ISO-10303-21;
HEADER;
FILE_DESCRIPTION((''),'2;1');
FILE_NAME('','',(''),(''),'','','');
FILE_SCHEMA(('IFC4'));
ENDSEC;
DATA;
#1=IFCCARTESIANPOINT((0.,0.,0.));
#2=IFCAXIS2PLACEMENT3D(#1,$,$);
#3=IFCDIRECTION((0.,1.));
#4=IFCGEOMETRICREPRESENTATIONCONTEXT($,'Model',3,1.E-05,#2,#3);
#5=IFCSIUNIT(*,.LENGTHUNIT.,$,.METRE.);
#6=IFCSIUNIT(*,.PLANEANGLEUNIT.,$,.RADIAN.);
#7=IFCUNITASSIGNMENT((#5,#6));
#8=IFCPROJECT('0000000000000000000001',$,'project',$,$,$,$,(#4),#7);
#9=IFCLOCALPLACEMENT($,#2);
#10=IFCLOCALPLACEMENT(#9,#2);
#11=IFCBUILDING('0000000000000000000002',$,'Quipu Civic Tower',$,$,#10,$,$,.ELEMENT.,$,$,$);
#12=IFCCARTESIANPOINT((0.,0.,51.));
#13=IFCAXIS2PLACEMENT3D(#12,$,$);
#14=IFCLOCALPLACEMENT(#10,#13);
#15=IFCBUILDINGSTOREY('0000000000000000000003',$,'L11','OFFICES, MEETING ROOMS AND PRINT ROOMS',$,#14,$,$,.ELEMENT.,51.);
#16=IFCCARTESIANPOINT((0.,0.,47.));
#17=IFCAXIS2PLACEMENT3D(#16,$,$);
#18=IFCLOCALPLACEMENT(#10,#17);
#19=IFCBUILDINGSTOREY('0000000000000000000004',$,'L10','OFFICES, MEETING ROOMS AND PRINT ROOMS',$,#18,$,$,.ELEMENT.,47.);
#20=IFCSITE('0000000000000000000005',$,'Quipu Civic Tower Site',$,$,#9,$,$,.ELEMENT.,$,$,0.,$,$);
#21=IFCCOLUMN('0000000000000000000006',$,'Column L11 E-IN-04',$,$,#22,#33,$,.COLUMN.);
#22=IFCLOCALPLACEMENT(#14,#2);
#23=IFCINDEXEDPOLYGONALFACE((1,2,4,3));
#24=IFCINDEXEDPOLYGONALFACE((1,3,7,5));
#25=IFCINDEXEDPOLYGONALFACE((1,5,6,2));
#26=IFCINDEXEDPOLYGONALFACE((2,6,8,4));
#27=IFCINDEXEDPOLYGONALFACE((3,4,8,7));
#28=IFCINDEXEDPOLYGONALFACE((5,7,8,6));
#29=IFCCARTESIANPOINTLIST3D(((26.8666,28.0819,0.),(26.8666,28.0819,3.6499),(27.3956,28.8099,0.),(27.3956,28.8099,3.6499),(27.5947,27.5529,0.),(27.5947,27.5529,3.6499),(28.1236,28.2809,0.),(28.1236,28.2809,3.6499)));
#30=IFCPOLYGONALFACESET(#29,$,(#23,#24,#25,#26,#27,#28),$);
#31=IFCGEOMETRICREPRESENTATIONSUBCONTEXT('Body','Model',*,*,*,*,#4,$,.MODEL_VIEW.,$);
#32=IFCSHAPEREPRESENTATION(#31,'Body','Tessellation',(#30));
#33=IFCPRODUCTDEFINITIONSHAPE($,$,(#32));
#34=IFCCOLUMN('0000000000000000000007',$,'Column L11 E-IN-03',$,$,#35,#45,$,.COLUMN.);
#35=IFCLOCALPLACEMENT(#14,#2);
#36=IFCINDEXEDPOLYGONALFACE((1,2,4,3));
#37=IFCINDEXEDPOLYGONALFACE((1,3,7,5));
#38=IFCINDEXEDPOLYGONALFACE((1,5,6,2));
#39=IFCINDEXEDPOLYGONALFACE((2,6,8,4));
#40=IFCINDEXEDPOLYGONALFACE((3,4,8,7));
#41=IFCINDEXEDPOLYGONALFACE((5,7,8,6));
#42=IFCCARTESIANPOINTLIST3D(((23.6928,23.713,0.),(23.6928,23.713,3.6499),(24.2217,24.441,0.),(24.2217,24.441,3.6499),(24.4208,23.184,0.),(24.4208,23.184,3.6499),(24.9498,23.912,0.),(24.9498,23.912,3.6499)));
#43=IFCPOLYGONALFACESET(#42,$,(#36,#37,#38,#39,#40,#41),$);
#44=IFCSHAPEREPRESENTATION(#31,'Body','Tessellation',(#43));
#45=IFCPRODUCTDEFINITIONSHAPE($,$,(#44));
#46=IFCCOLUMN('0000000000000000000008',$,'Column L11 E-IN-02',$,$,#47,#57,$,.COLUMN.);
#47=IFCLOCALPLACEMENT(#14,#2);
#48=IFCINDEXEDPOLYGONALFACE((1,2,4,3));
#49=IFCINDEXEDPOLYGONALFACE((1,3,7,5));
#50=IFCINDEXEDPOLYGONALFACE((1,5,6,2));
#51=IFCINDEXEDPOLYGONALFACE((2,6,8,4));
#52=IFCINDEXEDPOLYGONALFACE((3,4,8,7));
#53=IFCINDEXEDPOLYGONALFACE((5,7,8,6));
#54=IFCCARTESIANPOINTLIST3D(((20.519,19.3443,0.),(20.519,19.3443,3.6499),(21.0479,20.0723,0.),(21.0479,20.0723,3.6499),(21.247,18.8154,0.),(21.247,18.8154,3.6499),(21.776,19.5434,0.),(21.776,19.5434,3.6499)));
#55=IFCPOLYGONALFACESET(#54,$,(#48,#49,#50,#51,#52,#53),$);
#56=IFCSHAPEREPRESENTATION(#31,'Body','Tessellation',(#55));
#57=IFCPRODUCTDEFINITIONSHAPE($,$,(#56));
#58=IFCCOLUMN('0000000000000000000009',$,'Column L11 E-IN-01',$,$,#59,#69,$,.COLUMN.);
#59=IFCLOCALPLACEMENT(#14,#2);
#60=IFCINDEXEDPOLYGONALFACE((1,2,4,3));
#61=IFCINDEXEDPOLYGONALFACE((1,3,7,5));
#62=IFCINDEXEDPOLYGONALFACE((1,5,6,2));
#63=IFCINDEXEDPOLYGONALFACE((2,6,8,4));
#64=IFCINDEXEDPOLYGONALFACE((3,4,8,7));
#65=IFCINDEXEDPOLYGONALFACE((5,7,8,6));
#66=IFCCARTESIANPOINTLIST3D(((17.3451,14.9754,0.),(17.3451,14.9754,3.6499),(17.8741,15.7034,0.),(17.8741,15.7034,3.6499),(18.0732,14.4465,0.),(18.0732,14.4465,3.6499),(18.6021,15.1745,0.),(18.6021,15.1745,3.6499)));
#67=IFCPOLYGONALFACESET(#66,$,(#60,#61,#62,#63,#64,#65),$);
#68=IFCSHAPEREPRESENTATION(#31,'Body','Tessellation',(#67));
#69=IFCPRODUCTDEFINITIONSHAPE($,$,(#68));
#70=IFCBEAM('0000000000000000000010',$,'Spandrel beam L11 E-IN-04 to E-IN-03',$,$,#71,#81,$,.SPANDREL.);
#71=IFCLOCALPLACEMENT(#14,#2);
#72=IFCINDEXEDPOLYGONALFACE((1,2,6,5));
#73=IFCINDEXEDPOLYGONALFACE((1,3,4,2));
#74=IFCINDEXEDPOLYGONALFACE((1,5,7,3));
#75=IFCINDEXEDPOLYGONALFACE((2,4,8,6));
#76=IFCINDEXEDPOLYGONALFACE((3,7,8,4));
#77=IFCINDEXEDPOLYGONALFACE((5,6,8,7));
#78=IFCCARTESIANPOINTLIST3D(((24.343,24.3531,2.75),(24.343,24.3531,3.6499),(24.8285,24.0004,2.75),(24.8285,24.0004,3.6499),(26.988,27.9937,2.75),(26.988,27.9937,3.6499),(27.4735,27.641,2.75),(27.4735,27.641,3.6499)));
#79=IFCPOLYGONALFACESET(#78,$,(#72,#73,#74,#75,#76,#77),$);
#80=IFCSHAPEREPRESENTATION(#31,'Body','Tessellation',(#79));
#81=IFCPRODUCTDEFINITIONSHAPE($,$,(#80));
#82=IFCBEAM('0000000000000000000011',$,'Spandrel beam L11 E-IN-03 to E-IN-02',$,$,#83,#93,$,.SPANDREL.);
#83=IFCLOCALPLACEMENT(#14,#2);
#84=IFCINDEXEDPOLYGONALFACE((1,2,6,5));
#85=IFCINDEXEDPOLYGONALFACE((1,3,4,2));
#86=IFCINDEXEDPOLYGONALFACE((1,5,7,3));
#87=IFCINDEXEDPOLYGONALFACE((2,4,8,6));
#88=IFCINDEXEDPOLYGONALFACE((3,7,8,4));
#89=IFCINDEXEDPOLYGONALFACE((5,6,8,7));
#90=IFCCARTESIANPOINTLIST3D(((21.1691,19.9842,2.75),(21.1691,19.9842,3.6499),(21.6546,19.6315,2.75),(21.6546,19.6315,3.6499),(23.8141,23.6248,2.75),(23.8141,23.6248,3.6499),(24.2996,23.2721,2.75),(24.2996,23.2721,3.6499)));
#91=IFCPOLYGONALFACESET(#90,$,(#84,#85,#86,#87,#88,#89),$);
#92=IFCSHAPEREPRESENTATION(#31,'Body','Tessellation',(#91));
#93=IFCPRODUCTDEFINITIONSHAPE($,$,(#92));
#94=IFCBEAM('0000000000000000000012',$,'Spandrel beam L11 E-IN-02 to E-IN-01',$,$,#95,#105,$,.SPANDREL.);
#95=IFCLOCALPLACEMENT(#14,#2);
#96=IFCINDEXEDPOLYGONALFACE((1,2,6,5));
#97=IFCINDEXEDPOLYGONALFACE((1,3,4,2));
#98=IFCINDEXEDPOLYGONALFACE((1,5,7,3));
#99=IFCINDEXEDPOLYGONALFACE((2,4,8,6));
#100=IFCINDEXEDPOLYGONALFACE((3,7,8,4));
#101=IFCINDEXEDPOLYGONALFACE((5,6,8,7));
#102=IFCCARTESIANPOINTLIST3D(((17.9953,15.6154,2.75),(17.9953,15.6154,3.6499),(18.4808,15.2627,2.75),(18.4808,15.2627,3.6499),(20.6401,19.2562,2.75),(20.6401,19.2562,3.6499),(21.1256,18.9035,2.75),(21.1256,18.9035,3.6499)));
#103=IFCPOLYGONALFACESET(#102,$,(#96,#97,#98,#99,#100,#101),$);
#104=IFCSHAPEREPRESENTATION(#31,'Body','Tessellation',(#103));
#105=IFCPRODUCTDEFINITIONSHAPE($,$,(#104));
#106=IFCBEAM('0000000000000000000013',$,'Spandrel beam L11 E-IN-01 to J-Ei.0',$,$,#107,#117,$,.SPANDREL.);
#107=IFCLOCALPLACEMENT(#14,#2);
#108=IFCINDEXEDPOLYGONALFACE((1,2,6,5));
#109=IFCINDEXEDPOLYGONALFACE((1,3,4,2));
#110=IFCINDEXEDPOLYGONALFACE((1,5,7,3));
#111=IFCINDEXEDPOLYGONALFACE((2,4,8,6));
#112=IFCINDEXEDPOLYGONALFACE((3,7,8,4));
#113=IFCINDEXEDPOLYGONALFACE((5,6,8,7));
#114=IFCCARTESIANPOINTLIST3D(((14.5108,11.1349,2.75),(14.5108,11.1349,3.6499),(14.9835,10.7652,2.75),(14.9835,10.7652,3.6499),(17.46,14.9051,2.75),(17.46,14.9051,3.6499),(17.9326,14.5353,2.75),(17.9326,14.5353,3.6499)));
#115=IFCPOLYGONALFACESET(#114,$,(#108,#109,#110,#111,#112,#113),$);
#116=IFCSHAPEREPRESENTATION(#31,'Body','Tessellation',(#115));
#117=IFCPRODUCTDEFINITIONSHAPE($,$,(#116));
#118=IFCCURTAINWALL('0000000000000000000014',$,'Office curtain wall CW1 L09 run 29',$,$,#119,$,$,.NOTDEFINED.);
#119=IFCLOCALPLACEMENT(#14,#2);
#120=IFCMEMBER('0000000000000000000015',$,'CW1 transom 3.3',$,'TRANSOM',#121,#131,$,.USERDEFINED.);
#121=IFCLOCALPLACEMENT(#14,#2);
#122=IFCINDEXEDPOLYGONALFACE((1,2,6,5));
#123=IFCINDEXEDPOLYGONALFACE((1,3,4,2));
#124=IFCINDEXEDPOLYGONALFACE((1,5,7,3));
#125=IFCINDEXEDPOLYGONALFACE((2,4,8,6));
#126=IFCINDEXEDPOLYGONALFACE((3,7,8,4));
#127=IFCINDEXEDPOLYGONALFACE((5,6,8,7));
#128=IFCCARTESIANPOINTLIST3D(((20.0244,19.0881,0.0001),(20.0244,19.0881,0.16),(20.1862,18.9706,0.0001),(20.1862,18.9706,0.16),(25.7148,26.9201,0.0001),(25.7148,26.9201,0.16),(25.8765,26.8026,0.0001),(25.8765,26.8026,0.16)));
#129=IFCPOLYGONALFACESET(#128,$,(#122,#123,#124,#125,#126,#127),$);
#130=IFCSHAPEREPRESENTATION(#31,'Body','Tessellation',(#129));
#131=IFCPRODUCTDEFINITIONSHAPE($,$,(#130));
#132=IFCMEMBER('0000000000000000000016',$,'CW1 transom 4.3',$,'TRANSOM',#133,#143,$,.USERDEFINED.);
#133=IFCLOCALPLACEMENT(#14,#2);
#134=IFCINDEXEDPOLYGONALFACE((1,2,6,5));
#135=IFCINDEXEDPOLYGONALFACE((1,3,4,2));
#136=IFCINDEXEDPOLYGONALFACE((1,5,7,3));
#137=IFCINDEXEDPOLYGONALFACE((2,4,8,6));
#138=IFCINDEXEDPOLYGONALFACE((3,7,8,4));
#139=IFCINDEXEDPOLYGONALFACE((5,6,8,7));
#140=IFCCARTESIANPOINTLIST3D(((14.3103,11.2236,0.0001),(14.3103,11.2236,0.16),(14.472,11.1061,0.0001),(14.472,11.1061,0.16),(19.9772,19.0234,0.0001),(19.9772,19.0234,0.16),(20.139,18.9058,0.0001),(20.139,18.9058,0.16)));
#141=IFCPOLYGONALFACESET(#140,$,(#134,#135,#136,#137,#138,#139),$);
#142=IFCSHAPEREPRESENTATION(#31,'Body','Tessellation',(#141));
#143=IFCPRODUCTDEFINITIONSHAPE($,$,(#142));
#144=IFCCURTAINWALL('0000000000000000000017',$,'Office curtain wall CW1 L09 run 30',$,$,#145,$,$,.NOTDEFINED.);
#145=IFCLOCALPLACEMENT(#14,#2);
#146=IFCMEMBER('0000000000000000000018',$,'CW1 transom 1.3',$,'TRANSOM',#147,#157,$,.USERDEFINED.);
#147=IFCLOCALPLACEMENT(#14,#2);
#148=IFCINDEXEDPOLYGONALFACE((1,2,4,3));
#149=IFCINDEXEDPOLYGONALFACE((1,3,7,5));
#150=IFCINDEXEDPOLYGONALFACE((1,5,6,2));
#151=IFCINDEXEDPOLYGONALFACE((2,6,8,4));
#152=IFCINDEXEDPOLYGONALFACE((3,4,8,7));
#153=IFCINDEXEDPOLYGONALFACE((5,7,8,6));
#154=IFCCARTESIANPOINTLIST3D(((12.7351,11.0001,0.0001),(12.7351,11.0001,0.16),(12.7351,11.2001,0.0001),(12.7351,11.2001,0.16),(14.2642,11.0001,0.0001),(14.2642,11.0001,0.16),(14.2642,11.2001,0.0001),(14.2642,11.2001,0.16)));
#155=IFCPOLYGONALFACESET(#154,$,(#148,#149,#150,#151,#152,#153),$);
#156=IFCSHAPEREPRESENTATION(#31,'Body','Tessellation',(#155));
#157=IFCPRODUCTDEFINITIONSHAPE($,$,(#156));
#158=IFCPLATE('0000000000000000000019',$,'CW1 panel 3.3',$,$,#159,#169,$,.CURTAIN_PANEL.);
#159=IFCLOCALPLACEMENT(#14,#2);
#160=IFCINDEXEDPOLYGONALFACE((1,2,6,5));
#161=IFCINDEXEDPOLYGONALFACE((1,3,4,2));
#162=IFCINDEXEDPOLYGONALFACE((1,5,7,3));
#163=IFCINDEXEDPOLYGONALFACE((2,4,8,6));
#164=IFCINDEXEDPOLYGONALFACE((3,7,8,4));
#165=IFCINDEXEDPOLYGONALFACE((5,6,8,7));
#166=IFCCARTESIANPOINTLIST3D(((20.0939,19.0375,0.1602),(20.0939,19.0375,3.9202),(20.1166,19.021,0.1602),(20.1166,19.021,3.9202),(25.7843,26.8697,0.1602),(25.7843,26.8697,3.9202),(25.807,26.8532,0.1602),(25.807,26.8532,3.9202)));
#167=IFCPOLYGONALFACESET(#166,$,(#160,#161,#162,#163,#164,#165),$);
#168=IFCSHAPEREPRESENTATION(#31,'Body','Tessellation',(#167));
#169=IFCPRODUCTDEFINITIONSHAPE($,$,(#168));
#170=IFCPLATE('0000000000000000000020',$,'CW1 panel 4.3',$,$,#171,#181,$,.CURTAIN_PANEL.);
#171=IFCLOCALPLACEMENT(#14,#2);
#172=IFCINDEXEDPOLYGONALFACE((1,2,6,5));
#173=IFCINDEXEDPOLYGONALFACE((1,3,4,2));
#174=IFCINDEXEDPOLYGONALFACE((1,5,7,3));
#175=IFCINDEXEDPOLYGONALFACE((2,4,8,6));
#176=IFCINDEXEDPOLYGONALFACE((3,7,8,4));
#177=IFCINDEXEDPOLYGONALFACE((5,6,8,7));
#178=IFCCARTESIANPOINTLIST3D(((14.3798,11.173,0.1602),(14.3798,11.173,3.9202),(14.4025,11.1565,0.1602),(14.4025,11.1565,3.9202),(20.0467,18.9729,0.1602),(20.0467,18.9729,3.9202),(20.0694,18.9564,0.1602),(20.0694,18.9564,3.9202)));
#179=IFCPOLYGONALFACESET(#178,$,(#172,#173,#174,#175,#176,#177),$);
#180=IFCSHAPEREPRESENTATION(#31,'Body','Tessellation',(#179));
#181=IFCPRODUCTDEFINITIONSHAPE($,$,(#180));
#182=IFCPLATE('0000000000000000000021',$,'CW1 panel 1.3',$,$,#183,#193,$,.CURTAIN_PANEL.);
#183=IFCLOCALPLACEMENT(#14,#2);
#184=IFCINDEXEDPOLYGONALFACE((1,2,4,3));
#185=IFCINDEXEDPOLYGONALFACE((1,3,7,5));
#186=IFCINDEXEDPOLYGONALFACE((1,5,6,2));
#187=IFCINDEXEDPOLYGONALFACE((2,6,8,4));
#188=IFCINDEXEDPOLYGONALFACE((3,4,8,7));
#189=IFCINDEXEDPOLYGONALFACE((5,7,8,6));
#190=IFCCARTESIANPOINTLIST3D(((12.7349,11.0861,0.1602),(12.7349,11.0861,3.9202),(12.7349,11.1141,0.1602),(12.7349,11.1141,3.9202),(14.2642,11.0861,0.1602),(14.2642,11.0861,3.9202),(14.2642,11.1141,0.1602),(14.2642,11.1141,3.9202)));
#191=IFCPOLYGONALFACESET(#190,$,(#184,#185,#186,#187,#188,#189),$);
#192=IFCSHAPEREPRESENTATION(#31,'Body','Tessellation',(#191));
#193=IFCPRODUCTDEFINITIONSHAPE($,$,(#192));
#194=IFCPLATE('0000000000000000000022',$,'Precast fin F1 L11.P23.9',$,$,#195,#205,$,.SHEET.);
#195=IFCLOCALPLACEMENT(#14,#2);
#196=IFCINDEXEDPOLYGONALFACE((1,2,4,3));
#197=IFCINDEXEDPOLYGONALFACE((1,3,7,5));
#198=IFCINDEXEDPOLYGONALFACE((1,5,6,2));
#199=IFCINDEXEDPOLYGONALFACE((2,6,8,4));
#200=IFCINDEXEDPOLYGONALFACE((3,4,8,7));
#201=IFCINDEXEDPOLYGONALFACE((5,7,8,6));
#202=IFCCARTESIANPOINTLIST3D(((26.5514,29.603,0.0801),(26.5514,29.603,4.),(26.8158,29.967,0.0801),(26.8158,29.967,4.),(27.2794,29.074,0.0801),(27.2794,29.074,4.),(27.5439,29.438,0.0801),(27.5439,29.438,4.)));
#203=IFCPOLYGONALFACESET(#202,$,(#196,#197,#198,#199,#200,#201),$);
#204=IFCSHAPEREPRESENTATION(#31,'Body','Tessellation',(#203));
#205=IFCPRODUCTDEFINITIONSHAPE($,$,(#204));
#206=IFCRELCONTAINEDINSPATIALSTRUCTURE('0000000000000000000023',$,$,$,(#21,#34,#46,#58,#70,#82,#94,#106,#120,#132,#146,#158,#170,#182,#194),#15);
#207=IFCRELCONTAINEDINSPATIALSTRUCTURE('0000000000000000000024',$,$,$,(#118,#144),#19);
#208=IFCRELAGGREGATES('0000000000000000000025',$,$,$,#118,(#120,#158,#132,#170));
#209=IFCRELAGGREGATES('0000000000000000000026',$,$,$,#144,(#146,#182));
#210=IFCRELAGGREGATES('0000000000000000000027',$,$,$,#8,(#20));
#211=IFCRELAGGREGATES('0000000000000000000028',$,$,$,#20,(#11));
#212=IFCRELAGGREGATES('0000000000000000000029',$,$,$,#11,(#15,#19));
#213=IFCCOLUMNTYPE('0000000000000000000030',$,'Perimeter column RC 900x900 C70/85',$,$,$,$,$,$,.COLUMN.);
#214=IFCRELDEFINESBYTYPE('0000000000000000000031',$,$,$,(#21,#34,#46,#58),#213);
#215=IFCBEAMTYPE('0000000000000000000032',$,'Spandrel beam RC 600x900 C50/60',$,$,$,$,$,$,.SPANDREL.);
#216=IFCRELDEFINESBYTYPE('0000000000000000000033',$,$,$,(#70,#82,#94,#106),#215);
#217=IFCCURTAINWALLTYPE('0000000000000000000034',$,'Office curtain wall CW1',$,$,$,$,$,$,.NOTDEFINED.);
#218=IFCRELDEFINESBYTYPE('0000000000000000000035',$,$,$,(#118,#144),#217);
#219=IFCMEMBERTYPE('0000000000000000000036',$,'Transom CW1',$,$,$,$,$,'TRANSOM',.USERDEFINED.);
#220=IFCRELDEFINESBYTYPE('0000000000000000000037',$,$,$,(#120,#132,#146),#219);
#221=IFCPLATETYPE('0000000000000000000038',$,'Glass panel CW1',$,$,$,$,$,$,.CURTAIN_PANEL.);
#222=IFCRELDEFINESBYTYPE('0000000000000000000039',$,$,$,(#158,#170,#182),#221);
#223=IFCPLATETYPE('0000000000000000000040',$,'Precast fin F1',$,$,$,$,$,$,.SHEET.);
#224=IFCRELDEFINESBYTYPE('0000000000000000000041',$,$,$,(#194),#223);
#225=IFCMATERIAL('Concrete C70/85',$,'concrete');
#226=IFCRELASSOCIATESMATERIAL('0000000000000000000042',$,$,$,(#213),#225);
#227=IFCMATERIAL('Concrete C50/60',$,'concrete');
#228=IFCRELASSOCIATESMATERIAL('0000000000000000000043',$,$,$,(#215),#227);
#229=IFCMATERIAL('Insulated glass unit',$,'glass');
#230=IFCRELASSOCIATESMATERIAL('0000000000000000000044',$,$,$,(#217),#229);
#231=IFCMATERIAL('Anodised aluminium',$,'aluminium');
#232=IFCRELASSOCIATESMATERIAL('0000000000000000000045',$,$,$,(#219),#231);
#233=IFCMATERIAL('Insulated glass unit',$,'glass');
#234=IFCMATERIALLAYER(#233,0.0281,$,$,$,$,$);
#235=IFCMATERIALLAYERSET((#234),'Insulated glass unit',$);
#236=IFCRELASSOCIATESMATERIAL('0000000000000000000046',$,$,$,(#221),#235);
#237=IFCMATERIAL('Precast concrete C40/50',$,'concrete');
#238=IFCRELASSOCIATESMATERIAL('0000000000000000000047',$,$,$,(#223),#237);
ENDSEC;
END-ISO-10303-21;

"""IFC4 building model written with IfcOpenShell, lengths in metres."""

from ifc_helpers import new_model, si_unit, direction, frame, origin, origin_2d, place, context, subcontext, project, spatial, rectangle, extrude, material, layer, layer_set, material_profile, profile_set, type_object, element, aggregate, save


model = new_model("IFC4")

# Units and contexts
model_context = context("Model", 3, precision=1e-05, world=origin(), true_north=direction((0.0, 1.0)))
body_context = subcontext(model_context, "Body", "Model", "MODEL_VIEW")
ifc_project = project(units=[si_unit("LENGTHUNIT", "METRE"), si_unit("PLANEANGLEUNIT", "RADIAN")], contexts=[model_context])

# Site, building, storey
site_placement = place(None, origin())
site = spatial("IfcSite", under=ifc_project, at=site_placement, Name="Quipu Civic Tower Site", CompositionType="ELEMENT", RefElevation=0.0)
building_placement = place(site_placement, origin())
building = spatial("IfcBuilding", under=site, at=building_placement, Name="Quipu Civic Tower", CompositionType="ELEMENT")
storey_1_placement = place(building_placement, frame((0.0, 0.0, 51.0)))
storey_1 = spatial("IfcBuildingStorey", under=building, at=storey_1_placement, Name="L11", Description="OFFICES, MEETING ROOMS AND PRINT ROOMS", CompositionType="ELEMENT", Elevation=51.0)

# Columns
ifc_material_1 = material(Name="Concrete C70/85", Category="concrete")
ifc_material_profile_1 = material_profile(ifc_material_1, rectangle(XDim=0.8999, YDim=0.8999, at=origin_2d()), Name="RC900x900")
ifc_profile_set_1 = profile_set([ifc_material_profile_1], Name="Concrete C70/85")
column_type = type_object("IfcColumnType", Name="Perimeter column RC 900x900 C70/85", PredefinedType="COLUMN", material=ifc_profile_set_1)
for number, where, z_axis, x_axis, name in (
    (1, (27.4951, 28.1814, 0.0), (0.0, 0.0, 1.0), (-0.587785, -0.809017, 0.0), "Column L11 E-IN-04"),
    (2, (24.3213, 23.8125, 0.0), (0.0, 0.0, 1.0), (-0.587785, -0.809017, 0.0), "Column L11 E-IN-03"),
    (3, (21.1475, 19.4438, 0.0), (0.0, 0.0, 1.0), (-0.587785, -0.809017, 0.0), "Column L11 E-IN-02"),
    (4, (17.9736, 15.075, 0.0), (0.0, 0.0, 1.0), (-0.587785, -0.809017, 0.0), "Column L11 E-IN-01"),
):
    element("IfcColumn", number, at=place(storey_1_placement, frame(where, z_axis=z_axis, x_axis=x_axis)), inside=storey_1, type_object=column_type, Name=name, PredefinedType="COLUMN", context=body_context, shape_type="SweptSolid", body=[
        extrude(rectangle(XDim=0.8999, YDim=0.8999, at=origin_2d()), origin(), (0.0, 0.0, 1.0), 3.6499),
    ])

# Beams
ifc_material_2 = material(Name="Concrete C50/60", Category="concrete")
ifc_material_profile_2 = material_profile(ifc_material_2, rectangle(XDim=0.6001, YDim=0.8999, at=origin_2d()), Name="RC600x900")
ifc_profile_set_2 = profile_set([ifc_material_profile_2], Name="Concrete C50/60")
beam_type = type_object("IfcBeamType", Name="Spandrel beam RC 600x900 C50/60", PredefinedType="SPANDREL", material=ifc_profile_set_2)
for number, where, z_axis, x_axis, name in (
    (5, (27.2307, 27.8174, 3.2), (-0.587778, -0.809022, 0.0), (0.809022, -0.587778, 0.0), "Spandrel beam L11 E-IN-04 to E-IN-03"),
    (6, (24.0569, 23.4485, 3.2), (-0.587778, -0.809022, 0.0), (0.809022, -0.587778, 0.0), "Spandrel beam L11 E-IN-03 to E-IN-02"),
    (7, (20.8828, 19.0798, 3.2), (-0.587717, -0.809067, 0.0), (0.809067, -0.587717, 0.0), "Spandrel beam L11 E-IN-02 to E-IN-01"),
):
    element("IfcBeam", number, at=place(storey_1_placement, frame(where, z_axis=z_axis, x_axis=x_axis)), inside=storey_1, type_object=beam_type, Name=name, PredefinedType="SPANDREL", context=body_context, shape_type="SweptSolid", body=[
        extrude(rectangle(XDim=0.6001, YDim=0.8999, at=origin_2d()), origin(), (0.0, 0.0, 1.0), 4.5),
    ])
beam_placement = place(storey_1_placement, frame((17.6963, 14.7202, 3.2), z_axis=(-0.616124, -0.787649, 0.0), x_axis=(0.787649, -0.616124, 0.0)))
element("IfcBeam", 8, at=beam_placement, inside=storey_1, type_object=beam_type, Name="Spandrel beam L11 E-IN-01 to J-Ei.0", PredefinedType="SPANDREL", context=body_context, shape_type="SweptSolid", body=[
    extrude(rectangle(XDim=0.6001, YDim=0.8999, at=origin_2d()), origin(), (0.0, 0.0, 1.0), 4.7866),
])

# Shared definitions
storey_2_placement = place(building_placement, frame((0.0, 0.0, 47.0)))
storey_2 = spatial("IfcBuildingStorey", under=building, at=storey_2_placement, Name="L10", Description="OFFICES, MEETING ROOMS AND PRINT ROOMS", CompositionType="ELEMENT", Elevation=47.0)

# Curtain wall, members
ifc_material_3 = material(Name="Insulated glass unit", Category="glass")
curtain_wall_type = type_object("IfcCurtainWallType", Name="Office curtain wall CW1", PredefinedType="NOTDEFINED", material=ifc_material_3)
curtain_wall_1_placement = place(storey_2_placement, origin())
curtain_wall_1 = element("IfcCurtainWall", 9, at=curtain_wall_1_placement, inside=storey_2, type_object=curtain_wall_type, Name="Office curtain wall CW1 L09 run 29", PredefinedType="NOTDEFINED")
ifc_material_4 = material(Name="Anodised aluminium", Category="aluminium")
ifc_material_profile_3 = material_profile(ifc_material_4, rectangle(XDim=0.2, YDim=0.1599, at=origin_2d()), Name="RECT 200x160")
ifc_profile_set_3 = profile_set([ifc_material_profile_3], Name="Anodised aluminium")
member_type = type_object("IfcMemberType", Name="Transom CW1", ElementType="TRANSOM", PredefinedType="USERDEFINED", material=ifc_profile_set_3)
member_1_placement = place(storey_1_placement, frame((25.7957, 26.8613, 0.0801), z_axis=(-0.587794, -0.809011, 0.0), x_axis=(0.809011, -0.587794, 0.0)))
member_1 = element("IfcMember", 10, at=member_1_placement, inside=storey_1, type_object=member_type, Name="CW1 transom 3.3", ObjectType="TRANSOM", PredefinedType="USERDEFINED", context=body_context, shape_type="SweptSolid", body=[
    extrude(rectangle(XDim=0.2, YDim=0.1599, at=origin_2d()), origin(), (0.0, 0.0, 1.0), 9.6809),
])
member_2_placement = place(storey_1_placement, frame((20.0581, 18.9646, 0.0801), z_axis=(-0.587792, -0.809012, 0.0), x_axis=(0.809012, -0.587792, 0.0)))
member_2 = element("IfcMember", 11, at=member_2_placement, inside=storey_1, type_object=member_type, Name="CW1 transom 4.3", ObjectType="TRANSOM", PredefinedType="USERDEFINED", context=body_context, shape_type="SweptSolid", body=[
    extrude(rectangle(XDim=0.2, YDim=0.1599, at=origin_2d()), origin(), (0.0, 0.0, 1.0), 9.6411),
])

# Curtain wall, member
curtain_wall_2_placement = place(storey_2_placement, origin())
curtain_wall_2 = element("IfcCurtainWall", 12, at=curtain_wall_2_placement, inside=storey_2, type_object=curtain_wall_type, Name="Office curtain wall CW1 L09 run 30", PredefinedType="NOTDEFINED")
member_3_placement = place(storey_1_placement, frame((14.2642, 11.1001, 0.0801), z_axis=(-1.0, 0.0, 0.0), x_axis=(0.0, -1.0, 0.0)))
member_3 = element("IfcMember", 13, at=member_3_placement, inside=storey_1, type_object=member_type, Name="CW1 transom 1.3", ObjectType="TRANSOM", PredefinedType="USERDEFINED", context=body_context, shape_type="SweptSolid", body=[
    extrude(rectangle(XDim=0.2, YDim=0.1599, at=origin_2d()), origin(), (0.0, 0.0, 1.0), 1.5291),
])

# Plates
ifc_material_5 = material(Name="Insulated glass unit", Category="glass")
ifc_layer_1 = layer(ifc_material_5, 0.0281)
ifc_layer_set_1 = layer_set([ifc_layer_1], Name="Insulated glass unit")
plate_type_1 = type_object("IfcPlateType", Name="Glass panel CW1", PredefinedType="CURTAIN_PANEL", material=ifc_layer_set_1)
plate_1_placement = place(storey_1_placement, frame((22.9504, 22.9453, 0.1602), z_axis=(0.0, 0.0, 1.0), x_axis=(-0.587786, -0.809017, 0.0)))
plate_1 = element("IfcPlate", 14, at=plate_1_placement, inside=storey_1, type_object=plate_type_1, Name="CW1 panel 3.3", PredefinedType="CURTAIN_PANEL", context=body_context, shape_type="SweptSolid", body=[
    extrude(rectangle(XDim=9.6812, YDim=0.0281, at=origin_2d()), origin(), (0.0, 0.0, 1.0), 3.76),
])
plate_2_placement = place(storey_1_placement, frame((17.2246, 15.0647, 0.1602), z_axis=(0.0, 0.0, 1.0), x_axis=(-0.587786, -0.809017, 0.0)))
plate_2 = element("IfcPlate", 15, at=plate_2_placement, inside=storey_1, type_object=plate_type_1, Name="CW1 panel 4.3", PredefinedType="CURTAIN_PANEL", context=body_context, shape_type="SweptSolid", body=[
    extrude(rectangle(XDim=9.6411, YDim=0.0281, at=origin_2d()), origin(), (0.0, 0.0, 1.0), 3.76),
])
aggregate(curtain_wall_1, [member_1, plate_1, member_2, plate_2])
plate_3_placement = place(storey_1_placement, frame((13.4995, 11.1001, 0.1602), z_axis=(0.0, 0.0, 1.0), x_axis=(-1.0, 0.0, 0.0)))
plate_3 = element("IfcPlate", 16, at=plate_3_placement, inside=storey_1, type_object=plate_type_1, Name="CW1 panel 1.3", PredefinedType="CURTAIN_PANEL", context=body_context, shape_type="SweptSolid", body=[
    extrude(rectangle(XDim=1.5293, YDim=0.0281, at=origin_2d()), origin(), (0.0, 0.0, 1.0), 3.76),
])
aggregate(curtain_wall_2, [member_3, plate_3])

# Plate
ifc_material_6 = material(Name="Precast concrete C40/50", Category="concrete")
plate_type_2 = type_object("IfcPlateType", Name="Precast fin F1", PredefinedType="SHEET", material=ifc_material_6)
for number, where, z_axis, x_axis, name in (
    (17, (27.0476, 29.5205, 0.0801), (0.0, 0.0, 1.0), (-0.587785, -0.809017, 0.0), "Precast fin F1 L11.P23.9"),
):
    element("IfcPlate", number, at=place(storey_1_placement, frame(where, z_axis=z_axis, x_axis=x_axis)), inside=storey_1, type_object=plate_type_2, Name=name, PredefinedType="SHEET", context=body_context, shape_type="SweptSolid", body=[
        extrude(rectangle(XDim=0.45, YDim=0.8999, at=origin_2d()), origin(), (0.0, 0.0, 1.0), 3.9199),
    ])

save(model, "model.ifc")
